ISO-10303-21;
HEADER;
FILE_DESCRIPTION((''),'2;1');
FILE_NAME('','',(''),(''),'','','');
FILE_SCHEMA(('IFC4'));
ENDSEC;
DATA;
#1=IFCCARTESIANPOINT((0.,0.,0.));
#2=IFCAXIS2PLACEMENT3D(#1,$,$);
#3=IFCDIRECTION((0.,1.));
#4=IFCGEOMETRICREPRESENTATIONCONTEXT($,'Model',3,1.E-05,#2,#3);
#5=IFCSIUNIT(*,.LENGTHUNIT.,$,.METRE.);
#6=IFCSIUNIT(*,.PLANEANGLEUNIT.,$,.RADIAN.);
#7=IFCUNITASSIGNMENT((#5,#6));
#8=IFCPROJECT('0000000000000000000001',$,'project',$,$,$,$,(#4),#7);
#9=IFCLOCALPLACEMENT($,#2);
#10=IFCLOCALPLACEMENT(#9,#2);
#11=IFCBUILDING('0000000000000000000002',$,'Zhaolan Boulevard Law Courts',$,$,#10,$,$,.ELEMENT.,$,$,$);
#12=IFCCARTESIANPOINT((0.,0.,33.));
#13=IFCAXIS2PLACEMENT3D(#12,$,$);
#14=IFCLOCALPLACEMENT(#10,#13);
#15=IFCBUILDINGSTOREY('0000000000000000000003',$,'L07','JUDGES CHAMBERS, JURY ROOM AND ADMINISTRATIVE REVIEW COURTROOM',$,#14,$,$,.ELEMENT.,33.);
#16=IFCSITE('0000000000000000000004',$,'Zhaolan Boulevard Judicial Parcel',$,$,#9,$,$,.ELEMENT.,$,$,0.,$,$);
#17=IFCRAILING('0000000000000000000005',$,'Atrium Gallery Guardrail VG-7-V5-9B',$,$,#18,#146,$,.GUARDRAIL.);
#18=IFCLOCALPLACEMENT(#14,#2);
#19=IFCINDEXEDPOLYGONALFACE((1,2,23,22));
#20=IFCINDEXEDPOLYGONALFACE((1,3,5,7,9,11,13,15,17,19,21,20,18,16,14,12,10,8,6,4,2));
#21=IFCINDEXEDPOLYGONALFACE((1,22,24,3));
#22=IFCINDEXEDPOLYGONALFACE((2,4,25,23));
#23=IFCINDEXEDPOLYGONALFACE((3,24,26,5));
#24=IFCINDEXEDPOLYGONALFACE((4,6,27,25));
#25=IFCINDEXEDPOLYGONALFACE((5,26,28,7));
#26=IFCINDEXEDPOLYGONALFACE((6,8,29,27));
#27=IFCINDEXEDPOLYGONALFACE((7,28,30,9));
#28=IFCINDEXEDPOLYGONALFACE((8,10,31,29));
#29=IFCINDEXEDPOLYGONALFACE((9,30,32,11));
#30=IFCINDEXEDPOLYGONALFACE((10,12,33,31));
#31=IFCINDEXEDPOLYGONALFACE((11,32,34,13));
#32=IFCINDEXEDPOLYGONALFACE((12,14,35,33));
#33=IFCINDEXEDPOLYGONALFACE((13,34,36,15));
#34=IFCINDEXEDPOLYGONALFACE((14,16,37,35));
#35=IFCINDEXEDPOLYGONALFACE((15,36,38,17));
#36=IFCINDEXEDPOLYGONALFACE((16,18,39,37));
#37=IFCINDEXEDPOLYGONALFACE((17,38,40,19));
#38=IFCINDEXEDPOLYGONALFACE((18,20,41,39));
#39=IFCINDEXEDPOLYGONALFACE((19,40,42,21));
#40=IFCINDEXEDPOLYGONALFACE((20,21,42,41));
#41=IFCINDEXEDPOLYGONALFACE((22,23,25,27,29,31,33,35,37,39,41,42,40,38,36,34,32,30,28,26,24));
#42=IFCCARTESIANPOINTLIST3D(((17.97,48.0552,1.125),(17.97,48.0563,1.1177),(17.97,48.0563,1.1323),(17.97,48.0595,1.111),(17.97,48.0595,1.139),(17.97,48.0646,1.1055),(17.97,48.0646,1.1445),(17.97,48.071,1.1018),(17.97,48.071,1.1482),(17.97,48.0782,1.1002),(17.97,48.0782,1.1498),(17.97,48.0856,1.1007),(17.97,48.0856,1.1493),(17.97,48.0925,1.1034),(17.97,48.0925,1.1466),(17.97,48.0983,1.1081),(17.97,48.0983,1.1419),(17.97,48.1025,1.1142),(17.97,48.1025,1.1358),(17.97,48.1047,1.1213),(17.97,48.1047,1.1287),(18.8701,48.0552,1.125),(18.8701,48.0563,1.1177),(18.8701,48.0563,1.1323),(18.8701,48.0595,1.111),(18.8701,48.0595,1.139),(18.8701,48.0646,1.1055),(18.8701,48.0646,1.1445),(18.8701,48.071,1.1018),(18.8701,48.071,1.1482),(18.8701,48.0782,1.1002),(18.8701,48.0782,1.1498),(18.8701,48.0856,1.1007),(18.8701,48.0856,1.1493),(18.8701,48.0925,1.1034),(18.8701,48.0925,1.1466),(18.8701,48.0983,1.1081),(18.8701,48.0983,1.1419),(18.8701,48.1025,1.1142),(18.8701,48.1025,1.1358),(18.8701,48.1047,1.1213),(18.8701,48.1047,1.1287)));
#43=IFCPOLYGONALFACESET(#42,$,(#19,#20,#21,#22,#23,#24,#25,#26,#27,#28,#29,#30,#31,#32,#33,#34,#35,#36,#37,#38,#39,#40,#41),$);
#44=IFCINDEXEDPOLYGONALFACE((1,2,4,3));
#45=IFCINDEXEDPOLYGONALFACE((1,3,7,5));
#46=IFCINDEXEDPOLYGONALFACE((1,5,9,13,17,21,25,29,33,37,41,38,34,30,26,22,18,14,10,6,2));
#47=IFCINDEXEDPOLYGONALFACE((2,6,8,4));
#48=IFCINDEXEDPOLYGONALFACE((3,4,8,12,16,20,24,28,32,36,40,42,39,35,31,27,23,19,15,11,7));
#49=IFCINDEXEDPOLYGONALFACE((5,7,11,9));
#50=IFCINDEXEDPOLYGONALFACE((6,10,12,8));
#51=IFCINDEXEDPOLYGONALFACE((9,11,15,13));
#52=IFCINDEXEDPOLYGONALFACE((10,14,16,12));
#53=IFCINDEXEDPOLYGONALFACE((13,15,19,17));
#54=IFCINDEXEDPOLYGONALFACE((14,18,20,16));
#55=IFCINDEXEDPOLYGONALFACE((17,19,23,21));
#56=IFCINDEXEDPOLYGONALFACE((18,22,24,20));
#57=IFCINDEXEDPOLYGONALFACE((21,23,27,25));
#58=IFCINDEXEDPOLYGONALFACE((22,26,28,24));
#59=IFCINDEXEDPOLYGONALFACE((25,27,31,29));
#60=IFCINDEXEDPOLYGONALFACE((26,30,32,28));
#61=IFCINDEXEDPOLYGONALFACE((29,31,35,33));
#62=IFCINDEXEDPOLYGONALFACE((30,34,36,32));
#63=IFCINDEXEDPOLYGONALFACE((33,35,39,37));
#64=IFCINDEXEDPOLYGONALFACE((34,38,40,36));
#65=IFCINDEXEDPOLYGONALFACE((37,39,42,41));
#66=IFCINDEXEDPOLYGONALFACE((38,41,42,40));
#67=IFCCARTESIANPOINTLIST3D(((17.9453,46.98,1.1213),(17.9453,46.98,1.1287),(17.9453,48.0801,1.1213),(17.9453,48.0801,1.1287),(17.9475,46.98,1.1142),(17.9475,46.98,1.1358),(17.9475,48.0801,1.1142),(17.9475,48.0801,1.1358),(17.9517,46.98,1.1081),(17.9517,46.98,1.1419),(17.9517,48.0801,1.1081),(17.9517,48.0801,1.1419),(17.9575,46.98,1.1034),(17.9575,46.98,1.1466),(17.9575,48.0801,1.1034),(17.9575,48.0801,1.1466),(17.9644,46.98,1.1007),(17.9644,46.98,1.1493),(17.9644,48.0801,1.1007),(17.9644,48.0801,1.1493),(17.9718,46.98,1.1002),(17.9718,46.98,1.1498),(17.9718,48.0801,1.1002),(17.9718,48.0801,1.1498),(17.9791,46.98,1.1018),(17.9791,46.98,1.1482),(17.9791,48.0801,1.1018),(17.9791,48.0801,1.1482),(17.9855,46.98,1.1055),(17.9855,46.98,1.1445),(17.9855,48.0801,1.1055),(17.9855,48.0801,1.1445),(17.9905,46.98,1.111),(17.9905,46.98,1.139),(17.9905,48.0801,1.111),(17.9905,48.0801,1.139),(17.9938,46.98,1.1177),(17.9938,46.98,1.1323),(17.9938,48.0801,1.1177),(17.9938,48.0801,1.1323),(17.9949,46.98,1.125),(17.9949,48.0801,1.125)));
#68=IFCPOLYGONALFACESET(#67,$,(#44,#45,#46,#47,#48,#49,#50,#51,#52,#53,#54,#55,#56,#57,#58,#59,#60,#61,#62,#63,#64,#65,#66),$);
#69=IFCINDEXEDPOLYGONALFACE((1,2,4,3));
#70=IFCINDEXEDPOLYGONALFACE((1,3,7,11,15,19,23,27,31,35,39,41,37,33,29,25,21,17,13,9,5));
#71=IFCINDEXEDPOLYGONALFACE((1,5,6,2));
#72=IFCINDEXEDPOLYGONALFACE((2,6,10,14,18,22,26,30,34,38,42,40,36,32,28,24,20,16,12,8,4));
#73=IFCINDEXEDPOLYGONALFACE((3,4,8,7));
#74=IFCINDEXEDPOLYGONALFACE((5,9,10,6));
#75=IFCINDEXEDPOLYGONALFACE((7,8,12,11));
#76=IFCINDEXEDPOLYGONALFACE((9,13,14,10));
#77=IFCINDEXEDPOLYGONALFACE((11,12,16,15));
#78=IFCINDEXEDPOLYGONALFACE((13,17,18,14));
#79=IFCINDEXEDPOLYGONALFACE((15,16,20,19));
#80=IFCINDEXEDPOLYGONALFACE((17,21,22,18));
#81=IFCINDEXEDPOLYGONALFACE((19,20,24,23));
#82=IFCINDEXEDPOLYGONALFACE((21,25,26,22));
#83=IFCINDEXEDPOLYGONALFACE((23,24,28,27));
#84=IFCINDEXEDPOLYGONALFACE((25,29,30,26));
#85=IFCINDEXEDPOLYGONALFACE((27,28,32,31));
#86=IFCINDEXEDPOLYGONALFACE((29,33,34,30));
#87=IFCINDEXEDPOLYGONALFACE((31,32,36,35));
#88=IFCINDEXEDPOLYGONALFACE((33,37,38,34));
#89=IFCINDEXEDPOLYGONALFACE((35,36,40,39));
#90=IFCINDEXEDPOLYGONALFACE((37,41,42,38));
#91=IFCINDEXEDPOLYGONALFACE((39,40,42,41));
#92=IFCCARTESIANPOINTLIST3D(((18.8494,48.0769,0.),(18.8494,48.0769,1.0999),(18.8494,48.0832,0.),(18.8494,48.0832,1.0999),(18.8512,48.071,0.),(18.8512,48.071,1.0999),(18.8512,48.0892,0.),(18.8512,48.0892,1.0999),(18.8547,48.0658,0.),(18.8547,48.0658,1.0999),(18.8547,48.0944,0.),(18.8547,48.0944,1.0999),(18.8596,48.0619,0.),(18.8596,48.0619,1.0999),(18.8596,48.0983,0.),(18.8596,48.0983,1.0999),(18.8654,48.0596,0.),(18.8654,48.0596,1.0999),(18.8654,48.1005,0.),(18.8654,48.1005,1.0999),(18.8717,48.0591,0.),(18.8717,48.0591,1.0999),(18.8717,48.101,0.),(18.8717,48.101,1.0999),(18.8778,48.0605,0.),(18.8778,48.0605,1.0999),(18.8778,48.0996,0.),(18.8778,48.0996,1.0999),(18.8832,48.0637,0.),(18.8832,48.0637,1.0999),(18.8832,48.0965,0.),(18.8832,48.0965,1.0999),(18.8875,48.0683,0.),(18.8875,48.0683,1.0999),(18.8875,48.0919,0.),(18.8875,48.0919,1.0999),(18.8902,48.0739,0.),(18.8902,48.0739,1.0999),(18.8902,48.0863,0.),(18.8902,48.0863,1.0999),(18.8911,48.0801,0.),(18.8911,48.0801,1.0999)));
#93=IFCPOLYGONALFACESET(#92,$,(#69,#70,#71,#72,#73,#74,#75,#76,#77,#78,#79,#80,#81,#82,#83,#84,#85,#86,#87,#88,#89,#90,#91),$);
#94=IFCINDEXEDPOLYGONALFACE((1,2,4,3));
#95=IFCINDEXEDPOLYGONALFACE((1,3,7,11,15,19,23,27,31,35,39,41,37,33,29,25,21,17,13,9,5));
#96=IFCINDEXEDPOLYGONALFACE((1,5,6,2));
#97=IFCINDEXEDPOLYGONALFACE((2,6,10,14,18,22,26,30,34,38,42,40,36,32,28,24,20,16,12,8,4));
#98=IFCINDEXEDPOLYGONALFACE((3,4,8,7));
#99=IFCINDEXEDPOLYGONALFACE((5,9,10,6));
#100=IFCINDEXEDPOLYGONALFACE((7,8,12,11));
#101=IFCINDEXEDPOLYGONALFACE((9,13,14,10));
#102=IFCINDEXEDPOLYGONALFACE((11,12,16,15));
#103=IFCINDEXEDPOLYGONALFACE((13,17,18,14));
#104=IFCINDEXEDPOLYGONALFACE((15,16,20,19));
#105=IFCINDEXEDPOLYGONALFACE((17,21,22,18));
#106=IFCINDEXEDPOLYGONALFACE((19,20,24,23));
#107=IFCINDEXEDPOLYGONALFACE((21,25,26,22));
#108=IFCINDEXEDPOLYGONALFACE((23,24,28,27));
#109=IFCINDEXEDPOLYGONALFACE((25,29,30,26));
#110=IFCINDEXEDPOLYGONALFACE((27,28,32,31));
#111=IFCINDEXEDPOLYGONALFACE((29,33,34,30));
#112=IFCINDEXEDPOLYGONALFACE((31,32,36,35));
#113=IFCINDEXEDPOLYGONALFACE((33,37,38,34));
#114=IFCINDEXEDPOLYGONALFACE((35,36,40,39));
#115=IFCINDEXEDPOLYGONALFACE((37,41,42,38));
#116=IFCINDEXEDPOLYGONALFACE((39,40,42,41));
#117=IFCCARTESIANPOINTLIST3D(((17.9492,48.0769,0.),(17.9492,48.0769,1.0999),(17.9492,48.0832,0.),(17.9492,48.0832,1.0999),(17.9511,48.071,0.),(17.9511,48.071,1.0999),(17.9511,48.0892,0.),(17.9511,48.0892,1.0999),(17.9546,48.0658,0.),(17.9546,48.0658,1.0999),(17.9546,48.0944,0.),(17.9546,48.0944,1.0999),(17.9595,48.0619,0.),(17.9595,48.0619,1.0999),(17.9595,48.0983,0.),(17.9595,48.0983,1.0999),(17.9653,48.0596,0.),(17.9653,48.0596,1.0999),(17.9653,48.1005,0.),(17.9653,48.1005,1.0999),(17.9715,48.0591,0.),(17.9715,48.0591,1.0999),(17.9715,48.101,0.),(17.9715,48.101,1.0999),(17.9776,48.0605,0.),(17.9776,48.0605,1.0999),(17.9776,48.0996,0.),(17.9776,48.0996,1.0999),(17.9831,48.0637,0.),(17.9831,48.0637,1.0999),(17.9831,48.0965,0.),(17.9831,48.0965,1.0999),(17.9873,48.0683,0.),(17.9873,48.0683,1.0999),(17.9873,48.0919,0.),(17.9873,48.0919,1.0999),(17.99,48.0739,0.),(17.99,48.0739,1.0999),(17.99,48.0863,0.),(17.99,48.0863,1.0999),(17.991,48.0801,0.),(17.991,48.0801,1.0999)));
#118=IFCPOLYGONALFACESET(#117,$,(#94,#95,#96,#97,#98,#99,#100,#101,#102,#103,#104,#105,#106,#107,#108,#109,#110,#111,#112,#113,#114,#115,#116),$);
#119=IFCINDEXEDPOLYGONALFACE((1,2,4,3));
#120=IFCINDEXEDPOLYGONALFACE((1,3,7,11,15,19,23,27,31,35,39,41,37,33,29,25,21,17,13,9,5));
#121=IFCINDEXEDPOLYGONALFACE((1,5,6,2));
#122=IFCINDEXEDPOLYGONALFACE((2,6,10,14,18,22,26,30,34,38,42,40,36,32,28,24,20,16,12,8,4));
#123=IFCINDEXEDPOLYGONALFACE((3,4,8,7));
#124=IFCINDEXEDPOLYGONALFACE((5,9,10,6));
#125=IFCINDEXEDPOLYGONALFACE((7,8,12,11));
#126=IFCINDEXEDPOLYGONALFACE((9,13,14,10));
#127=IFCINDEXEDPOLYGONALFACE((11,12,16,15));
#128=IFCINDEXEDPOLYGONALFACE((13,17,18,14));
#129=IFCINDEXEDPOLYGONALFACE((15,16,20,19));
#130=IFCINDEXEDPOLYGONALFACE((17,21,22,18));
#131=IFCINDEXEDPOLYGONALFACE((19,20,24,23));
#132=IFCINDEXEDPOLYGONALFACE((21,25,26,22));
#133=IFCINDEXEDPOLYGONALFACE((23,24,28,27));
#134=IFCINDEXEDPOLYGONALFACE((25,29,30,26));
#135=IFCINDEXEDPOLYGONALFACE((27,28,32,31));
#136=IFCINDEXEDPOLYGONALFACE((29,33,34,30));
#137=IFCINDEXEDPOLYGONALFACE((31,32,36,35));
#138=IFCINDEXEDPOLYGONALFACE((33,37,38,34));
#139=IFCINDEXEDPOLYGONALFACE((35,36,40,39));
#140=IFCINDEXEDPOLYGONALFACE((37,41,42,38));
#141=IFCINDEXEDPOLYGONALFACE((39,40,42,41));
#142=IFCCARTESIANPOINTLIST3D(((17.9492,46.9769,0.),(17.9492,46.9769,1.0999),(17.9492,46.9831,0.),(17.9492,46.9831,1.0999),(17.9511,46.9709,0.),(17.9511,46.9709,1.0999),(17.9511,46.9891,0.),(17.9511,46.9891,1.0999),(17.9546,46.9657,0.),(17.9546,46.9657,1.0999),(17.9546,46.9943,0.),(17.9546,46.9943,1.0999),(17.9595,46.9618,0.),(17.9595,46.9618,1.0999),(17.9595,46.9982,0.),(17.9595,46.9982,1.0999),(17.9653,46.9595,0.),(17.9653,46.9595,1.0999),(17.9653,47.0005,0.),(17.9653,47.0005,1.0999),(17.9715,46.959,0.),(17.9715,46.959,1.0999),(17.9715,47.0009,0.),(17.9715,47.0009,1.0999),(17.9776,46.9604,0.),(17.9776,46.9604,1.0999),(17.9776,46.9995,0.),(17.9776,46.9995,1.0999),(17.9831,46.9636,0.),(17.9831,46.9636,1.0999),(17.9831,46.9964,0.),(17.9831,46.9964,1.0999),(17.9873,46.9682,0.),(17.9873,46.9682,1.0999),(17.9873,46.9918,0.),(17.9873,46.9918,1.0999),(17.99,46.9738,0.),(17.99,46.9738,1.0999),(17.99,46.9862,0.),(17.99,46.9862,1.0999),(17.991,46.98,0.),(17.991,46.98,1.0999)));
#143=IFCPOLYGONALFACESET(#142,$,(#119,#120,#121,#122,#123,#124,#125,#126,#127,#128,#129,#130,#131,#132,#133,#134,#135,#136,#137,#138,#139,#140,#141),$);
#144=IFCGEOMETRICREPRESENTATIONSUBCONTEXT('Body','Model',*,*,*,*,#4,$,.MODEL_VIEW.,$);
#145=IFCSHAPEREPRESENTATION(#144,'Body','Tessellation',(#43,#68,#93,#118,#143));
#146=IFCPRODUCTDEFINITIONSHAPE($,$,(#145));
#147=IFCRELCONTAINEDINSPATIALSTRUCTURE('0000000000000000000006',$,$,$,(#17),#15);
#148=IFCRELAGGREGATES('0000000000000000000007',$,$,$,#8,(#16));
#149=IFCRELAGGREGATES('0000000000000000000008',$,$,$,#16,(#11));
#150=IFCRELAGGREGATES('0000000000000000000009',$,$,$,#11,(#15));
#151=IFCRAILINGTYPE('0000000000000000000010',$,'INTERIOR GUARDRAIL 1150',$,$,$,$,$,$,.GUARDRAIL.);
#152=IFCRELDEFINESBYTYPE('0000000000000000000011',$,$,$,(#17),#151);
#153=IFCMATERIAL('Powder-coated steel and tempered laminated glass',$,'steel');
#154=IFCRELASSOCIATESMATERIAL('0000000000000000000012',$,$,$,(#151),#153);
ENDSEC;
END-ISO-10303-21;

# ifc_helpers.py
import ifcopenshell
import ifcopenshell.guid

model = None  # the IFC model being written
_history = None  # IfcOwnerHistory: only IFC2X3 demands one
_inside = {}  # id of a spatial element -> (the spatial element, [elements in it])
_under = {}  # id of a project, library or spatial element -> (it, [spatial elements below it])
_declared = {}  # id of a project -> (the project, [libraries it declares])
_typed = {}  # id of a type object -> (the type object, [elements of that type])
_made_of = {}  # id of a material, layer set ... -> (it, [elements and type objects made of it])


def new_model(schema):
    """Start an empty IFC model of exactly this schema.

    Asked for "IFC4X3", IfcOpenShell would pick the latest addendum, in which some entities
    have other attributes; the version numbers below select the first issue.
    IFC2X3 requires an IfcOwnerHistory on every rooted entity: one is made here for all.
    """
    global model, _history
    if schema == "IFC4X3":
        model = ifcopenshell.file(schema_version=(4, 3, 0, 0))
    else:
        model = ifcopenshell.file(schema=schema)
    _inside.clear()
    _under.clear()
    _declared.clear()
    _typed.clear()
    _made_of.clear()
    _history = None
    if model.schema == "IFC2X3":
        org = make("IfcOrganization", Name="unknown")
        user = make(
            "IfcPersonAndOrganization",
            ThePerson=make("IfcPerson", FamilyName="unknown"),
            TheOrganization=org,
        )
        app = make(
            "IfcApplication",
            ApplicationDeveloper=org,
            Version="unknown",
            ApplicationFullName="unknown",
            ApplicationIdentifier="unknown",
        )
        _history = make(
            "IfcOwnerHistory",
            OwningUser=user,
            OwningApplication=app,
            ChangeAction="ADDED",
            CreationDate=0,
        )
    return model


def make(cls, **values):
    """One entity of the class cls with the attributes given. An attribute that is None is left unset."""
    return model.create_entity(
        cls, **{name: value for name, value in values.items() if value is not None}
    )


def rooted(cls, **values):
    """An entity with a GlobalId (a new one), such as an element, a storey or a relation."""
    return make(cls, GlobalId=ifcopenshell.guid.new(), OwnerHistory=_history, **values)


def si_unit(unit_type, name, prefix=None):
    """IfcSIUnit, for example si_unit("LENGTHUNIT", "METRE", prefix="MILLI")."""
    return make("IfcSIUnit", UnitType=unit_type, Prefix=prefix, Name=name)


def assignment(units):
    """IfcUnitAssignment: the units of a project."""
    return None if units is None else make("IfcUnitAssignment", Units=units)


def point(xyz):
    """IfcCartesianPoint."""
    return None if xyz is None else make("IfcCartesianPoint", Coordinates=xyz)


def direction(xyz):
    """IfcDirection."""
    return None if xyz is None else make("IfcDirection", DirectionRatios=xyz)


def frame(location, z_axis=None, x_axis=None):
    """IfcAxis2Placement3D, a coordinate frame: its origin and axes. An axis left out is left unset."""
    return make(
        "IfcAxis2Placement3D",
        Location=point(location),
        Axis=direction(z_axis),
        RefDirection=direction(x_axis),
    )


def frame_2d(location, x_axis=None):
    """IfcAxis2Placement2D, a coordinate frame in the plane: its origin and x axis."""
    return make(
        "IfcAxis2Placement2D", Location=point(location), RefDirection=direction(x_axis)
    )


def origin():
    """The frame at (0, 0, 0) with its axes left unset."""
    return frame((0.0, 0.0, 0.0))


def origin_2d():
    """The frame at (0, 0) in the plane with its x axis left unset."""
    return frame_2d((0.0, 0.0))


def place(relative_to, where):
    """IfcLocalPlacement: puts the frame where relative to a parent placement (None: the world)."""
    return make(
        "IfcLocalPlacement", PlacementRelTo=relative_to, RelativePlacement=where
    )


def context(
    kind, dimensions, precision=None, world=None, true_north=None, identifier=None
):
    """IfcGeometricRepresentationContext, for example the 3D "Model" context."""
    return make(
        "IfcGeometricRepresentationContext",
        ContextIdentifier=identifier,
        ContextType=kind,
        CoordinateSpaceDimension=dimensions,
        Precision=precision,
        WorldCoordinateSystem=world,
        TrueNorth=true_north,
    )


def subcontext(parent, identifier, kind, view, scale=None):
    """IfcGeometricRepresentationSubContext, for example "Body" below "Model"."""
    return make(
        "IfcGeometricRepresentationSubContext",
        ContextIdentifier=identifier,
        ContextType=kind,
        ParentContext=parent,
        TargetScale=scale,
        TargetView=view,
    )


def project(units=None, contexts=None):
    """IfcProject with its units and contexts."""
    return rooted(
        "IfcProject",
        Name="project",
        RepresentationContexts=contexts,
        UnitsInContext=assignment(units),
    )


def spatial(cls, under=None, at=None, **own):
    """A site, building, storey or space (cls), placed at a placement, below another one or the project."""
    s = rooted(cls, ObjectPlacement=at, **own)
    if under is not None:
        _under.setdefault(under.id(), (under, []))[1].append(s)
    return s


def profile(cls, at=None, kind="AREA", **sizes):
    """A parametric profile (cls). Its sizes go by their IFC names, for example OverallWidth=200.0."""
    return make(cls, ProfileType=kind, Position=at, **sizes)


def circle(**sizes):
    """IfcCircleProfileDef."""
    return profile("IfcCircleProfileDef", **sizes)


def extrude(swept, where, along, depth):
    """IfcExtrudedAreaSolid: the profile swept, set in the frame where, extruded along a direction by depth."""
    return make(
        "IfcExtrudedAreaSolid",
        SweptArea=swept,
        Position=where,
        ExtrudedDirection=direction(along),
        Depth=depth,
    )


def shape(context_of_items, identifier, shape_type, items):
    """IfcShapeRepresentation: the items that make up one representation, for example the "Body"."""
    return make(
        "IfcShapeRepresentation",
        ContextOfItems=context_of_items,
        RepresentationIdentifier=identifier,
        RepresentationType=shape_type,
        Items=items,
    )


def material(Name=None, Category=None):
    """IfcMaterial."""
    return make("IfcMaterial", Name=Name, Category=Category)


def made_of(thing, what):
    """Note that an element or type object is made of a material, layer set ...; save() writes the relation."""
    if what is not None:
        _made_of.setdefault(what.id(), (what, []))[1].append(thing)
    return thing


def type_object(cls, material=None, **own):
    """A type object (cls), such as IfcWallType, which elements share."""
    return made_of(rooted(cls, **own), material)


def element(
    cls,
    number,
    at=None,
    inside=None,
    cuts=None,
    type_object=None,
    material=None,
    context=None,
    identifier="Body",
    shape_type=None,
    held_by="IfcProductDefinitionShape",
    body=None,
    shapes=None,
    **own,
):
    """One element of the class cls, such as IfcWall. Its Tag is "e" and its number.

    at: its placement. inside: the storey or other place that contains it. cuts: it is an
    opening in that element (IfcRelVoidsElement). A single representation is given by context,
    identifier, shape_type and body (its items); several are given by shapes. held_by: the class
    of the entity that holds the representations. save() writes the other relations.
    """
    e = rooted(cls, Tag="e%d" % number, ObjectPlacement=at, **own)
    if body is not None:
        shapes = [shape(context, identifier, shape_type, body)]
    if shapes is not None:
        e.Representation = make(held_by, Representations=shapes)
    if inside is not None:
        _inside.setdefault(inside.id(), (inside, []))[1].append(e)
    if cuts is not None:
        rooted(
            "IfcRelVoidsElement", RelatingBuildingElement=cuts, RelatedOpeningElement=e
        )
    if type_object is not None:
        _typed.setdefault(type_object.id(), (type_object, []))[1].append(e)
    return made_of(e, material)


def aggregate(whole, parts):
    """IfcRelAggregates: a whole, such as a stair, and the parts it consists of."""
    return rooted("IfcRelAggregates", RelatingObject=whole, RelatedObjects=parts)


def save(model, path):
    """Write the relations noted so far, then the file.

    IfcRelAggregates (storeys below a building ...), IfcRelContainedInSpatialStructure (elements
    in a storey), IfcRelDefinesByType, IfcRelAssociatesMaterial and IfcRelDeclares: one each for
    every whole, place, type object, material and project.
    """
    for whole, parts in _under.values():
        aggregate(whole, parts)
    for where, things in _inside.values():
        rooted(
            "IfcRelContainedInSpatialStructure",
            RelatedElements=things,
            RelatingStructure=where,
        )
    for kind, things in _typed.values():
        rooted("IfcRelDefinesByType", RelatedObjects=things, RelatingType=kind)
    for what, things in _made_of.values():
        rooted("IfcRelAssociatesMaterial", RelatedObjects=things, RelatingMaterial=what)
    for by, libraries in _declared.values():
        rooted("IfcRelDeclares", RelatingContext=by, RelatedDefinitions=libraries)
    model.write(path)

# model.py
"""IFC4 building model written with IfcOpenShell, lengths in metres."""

from ifc_helpers import new_model, si_unit, direction, frame, origin, origin_2d, place, context, subcontext, project, spatial, circle, extrude, material, type_object, element, save


model = new_model("IFC4")

# Units and contexts
model_context = context("Model", 3, precision=1e-05, world=origin(), true_north=direction((0.0, 1.0)))
body_context = subcontext(model_context, "Body", "Model", "MODEL_VIEW")
ifc_project = project(units=[si_unit("LENGTHUNIT", "METRE"), si_unit("PLANEANGLEUNIT", "RADIAN")], contexts=[model_context])

# Site, building, storey
site_placement = place(None, origin())
site = spatial("IfcSite", under=ifc_project, at=site_placement, Name="Zhaolan Boulevard Judicial Parcel", CompositionType="ELEMENT", RefElevation=0.0)
building_placement = place(site_placement, origin())
building = spatial("IfcBuilding", under=site, at=building_placement, Name="Zhaolan Boulevard Law Courts", CompositionType="ELEMENT")
storey_placement = place(building_placement, frame((0.0, 0.0, 33.0)))
storey = spatial("IfcBuildingStorey", under=building, at=storey_placement, Name="L07", Description="JUDGES CHAMBERS, JURY ROOM AND ADMINISTRATIVE REVIEW COURTROOM", CompositionType="ELEMENT", Elevation=33.0)

# Railing
ifc_material_1 = material(Name="Powder-coated steel and tempered laminated glass", Category="steel")
railing_type_1 = type_object("IfcRailingType", Name="INTERIOR GUARDRAIL 1150", PredefinedType="GUARDRAIL", material=ifc_material_1)
railing_1_placement = place(storey_placement, frame((18.8701, 48.0801, 0.0)))
element("IfcRailing", 1, at=railing_1_placement, inside=storey, type_object=railing_type_1, Name="Atrium Gallery Guardrail VG-7-V5-9B", PredefinedType="GUARDRAIL", context=body_context, shape_type="SweptSolid", body=[
    extrude(circle(Radius=0.0249, at=origin_2d()), frame((0.0, 0.0, 1.125), z_axis=(-1.0, 0.0, 0.0), x_axis=(0.0, -1.0, 0.0)), (0.0, 0.0, 1.0), 0.9001),
    extrude(circle(Radius=0.0249, at=origin_2d()), frame((-0.9001, 0.0, 1.125), z_axis=(0.0, -1.0, 0.0), x_axis=(1.0, 0.0, 0.0)), (0.0, 0.0, 1.0), 1.1001),
    extrude(circle(Radius=0.021, at=origin_2d()), origin(), (0.0, 0.0, 1.0), 1.0999),
    extrude(circle(Radius=0.021, at=origin_2d()), frame((-0.9001, 0.0, 0.0)), (0.0, 0.0, 1.0), 1.0999),
    extrude(circle(Radius=0.021, at=origin_2d()), frame((-0.9001, -1.1001, 0.0)), (0.0, 0.0, 1.0), 1.0999),
])

save(model, "model.ifc")
